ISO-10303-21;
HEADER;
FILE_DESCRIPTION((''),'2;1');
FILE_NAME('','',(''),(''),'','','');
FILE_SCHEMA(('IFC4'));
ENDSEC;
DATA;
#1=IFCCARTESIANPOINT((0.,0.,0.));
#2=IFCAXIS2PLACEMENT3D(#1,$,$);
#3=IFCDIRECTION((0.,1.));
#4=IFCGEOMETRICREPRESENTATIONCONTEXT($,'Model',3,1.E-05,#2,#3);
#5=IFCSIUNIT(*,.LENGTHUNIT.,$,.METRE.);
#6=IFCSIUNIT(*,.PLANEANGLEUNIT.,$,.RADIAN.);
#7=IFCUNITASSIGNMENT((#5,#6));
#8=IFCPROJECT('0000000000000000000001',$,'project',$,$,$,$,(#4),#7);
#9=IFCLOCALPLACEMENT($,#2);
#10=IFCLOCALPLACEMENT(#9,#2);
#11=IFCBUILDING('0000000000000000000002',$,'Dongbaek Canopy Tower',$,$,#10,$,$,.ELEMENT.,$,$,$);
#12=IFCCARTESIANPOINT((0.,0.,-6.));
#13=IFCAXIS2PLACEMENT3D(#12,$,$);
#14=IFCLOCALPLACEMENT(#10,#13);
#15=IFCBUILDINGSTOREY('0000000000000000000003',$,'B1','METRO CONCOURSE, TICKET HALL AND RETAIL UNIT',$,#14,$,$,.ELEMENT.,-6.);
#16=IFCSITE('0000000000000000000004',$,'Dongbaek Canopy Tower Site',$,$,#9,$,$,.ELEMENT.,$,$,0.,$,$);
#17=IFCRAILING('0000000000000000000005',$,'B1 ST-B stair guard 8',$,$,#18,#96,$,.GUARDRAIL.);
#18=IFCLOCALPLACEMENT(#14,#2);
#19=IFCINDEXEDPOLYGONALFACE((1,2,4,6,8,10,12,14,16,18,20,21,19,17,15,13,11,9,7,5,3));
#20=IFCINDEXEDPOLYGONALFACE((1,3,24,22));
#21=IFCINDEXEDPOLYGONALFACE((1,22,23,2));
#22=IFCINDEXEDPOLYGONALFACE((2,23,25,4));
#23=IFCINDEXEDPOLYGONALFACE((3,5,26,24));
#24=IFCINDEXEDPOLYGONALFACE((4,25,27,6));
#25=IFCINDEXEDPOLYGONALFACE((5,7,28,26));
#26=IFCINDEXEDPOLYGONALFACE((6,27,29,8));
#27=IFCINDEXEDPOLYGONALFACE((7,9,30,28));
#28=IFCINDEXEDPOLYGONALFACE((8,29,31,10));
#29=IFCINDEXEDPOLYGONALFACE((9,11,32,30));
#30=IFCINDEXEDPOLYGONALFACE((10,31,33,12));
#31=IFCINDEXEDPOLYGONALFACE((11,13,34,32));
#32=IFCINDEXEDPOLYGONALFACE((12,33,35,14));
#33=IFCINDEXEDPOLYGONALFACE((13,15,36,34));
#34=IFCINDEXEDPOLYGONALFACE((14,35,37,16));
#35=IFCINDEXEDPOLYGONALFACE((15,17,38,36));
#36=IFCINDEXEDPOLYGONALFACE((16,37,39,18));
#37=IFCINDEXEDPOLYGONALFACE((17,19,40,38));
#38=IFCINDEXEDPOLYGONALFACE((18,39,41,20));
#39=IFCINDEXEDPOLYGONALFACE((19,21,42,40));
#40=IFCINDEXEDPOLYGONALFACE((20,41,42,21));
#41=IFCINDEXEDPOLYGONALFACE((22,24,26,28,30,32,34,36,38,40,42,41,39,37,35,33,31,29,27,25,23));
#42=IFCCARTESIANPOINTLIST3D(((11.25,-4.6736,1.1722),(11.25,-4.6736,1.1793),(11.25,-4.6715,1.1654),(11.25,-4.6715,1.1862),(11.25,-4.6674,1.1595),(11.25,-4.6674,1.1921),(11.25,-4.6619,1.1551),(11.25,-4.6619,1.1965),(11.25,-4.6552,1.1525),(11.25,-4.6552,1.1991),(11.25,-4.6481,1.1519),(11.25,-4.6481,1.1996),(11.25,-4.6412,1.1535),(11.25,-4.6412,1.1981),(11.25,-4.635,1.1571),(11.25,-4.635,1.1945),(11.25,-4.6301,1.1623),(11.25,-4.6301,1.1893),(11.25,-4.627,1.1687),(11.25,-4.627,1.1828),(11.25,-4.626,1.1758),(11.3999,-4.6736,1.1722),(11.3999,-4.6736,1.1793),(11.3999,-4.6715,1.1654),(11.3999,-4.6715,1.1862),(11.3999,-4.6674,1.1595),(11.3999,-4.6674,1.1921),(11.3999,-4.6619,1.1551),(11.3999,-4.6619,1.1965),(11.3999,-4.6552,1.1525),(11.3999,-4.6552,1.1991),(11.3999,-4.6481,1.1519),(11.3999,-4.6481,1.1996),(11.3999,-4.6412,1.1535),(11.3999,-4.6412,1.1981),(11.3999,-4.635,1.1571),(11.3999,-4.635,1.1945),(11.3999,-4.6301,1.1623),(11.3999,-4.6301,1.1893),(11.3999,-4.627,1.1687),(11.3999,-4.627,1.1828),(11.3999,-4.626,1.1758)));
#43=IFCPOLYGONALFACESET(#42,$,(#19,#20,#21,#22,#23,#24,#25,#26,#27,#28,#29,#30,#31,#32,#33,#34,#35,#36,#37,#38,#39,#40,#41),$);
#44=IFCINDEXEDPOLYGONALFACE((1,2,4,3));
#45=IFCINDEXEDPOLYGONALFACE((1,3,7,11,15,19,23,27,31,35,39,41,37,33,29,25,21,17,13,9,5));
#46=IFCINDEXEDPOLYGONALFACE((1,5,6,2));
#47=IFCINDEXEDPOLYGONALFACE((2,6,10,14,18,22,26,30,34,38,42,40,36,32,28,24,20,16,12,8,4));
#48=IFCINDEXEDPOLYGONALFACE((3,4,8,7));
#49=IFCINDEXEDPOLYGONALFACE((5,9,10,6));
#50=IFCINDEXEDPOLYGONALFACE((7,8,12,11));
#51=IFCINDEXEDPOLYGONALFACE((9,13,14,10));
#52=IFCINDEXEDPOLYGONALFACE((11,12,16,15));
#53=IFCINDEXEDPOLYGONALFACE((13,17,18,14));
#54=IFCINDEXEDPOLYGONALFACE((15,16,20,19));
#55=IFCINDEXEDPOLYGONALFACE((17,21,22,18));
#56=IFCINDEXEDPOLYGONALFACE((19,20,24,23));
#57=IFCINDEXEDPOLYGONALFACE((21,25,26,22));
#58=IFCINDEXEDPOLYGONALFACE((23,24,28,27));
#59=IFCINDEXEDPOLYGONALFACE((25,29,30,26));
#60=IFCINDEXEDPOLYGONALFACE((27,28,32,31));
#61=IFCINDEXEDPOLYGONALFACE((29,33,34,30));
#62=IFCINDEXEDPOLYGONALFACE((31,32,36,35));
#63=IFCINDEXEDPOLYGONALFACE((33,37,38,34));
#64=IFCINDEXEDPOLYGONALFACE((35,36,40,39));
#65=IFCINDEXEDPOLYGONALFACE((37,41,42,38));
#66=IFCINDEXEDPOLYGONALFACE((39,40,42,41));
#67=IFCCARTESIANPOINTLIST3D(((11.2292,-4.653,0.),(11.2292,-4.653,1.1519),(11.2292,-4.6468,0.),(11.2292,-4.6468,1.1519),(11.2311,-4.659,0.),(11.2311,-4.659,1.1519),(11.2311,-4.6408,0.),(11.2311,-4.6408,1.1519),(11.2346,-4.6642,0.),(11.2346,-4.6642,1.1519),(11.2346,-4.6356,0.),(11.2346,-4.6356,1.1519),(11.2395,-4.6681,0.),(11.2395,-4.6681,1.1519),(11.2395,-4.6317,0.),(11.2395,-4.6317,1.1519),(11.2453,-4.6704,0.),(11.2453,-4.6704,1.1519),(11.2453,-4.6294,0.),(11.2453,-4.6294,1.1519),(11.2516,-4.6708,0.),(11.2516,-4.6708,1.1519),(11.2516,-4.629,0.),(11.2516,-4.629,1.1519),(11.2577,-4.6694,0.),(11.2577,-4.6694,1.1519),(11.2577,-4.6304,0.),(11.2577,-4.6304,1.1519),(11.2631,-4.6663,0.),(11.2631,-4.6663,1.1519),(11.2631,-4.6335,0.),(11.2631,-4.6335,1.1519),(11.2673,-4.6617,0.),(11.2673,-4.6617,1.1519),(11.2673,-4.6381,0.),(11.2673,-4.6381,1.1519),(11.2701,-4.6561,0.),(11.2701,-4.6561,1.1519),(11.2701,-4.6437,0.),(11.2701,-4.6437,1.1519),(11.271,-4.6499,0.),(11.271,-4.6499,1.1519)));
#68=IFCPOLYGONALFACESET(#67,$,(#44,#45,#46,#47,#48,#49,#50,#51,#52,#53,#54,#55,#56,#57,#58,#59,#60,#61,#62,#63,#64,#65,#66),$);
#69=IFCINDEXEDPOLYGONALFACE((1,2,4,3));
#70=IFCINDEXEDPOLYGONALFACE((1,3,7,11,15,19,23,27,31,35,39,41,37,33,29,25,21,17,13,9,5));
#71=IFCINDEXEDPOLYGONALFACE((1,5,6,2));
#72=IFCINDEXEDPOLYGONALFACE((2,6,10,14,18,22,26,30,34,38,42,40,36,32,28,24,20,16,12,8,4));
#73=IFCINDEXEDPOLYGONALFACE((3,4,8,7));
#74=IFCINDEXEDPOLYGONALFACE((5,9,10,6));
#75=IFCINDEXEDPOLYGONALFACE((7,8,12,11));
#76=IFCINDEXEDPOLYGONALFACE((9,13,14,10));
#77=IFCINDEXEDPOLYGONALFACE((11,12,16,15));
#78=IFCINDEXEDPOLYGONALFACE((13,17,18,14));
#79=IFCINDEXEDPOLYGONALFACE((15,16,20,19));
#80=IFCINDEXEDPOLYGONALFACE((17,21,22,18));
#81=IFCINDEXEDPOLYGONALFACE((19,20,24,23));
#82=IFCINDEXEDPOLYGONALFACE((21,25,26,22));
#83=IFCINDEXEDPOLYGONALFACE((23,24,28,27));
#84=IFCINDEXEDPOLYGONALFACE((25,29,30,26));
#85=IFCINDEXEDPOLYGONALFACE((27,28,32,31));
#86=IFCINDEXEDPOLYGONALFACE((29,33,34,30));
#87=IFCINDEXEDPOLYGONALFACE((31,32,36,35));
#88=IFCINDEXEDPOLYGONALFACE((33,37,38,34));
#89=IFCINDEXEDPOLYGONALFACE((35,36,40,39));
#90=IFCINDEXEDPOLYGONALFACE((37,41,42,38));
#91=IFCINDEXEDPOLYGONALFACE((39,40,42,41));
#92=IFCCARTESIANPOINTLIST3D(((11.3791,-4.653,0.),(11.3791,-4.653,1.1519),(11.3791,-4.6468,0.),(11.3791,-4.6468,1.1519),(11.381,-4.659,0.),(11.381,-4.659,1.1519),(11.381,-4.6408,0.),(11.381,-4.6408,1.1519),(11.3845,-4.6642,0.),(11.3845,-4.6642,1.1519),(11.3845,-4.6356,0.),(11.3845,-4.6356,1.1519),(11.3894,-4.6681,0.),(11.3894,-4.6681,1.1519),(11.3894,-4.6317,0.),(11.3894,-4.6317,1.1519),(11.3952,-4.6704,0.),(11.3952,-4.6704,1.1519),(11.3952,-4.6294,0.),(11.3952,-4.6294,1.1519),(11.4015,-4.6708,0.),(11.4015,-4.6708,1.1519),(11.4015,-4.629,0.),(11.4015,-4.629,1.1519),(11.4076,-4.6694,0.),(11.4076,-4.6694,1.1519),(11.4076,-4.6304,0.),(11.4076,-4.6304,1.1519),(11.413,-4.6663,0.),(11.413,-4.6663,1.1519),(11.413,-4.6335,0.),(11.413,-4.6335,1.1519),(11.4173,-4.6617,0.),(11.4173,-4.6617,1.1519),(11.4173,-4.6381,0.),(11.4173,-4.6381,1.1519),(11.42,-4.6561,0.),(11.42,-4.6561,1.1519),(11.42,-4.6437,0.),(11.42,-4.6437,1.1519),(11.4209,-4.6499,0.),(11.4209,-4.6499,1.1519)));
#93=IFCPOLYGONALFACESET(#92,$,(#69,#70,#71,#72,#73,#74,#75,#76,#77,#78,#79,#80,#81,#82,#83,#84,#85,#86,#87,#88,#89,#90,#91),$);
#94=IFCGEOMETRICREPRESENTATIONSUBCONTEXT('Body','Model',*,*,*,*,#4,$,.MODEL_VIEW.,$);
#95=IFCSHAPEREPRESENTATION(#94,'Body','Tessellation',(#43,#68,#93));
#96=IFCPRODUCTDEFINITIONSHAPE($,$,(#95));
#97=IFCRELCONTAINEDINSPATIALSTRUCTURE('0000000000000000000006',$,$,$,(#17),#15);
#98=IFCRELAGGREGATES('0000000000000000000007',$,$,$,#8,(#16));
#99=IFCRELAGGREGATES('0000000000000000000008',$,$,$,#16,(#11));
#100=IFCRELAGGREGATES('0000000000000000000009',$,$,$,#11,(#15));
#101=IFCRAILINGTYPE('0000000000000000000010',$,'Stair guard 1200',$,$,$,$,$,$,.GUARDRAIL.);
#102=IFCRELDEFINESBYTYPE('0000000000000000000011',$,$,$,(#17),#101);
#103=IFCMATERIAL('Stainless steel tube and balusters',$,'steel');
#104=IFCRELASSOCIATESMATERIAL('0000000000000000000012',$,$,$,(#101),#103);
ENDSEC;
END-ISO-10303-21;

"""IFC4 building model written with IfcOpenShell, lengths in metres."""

from ifc_helpers import new_model, si_unit, direction, frame, origin, origin_2d, place, context, subcontext, project, spatial, circle, extrude, material, type_object, element, save


model = new_model("IFC4")

# Units and contexts
model_context = context("Model", 3, precision=1e-05, world=origin(), true_north=direction((0.0, 1.0)))
body_context = subcontext(model_context, "Body", "Model", "MODEL_VIEW")
ifc_project = project(units=[si_unit("LENGTHUNIT", "METRE"), si_unit("PLANEANGLEUNIT", "RADIAN")], contexts=[model_context])

# Site, building, storey
site_placement = place(None, origin())
site = spatial("IfcSite", under=ifc_project, at=site_placement, Name="Dongbaek Canopy Tower Site", CompositionType="ELEMENT", RefElevation=0.0)
building_placement = place(site_placement, origin())
building = spatial("IfcBuilding", under=site, at=building_placement, Name="Dongbaek Canopy Tower", CompositionType="ELEMENT")
storey_placement = place(building_placement, frame((0.0, 0.0, -6.0)))
storey = spatial("IfcBuildingStorey", under=building, at=storey_placement, Name="B1", Description="METRO CONCOURSE, TICKET HALL AND RETAIL UNIT", CompositionType="ELEMENT", Elevation=-6.0)

# Railing
ifc_material_1 = material(Name="Stainless steel tube and balusters", Category="steel")
railing_type_1 = type_object("IfcRailingType", Name="Stair guard 1200", PredefinedType="GUARDRAIL", material=ifc_material_1)
railing_1_placement = place(storey_placement, frame((11.25, -4.6499, 0.0)))
element("IfcRailing", 1, at=railing_1_placement, inside=storey, type_object=railing_type_1, Name="B1 ST-B stair guard 8", PredefinedType="GUARDRAIL", context=body_context, shape_type="SweptSolid", body=[
    extrude(circle(Radius=0.0239, at=origin_2d()), frame((0.0, 0.0, 1.1758), z_axis=(1.0, 0.0, 0.0), x_axis=(0.0, 1.0, 0.0)), (0.0, 0.0, 1.0), 0.1499),
    extrude(circle(Radius=0.021, at=origin_2d()), origin(), (0.0, 0.0, 1.0), 1.1519),
    extrude(circle(Radius=0.021, at=origin_2d()), frame((0.1499, 0.0, 0.0)), (0.0, 0.0, 1.0), 1.1519),
])

save(model, "model.ifc")
